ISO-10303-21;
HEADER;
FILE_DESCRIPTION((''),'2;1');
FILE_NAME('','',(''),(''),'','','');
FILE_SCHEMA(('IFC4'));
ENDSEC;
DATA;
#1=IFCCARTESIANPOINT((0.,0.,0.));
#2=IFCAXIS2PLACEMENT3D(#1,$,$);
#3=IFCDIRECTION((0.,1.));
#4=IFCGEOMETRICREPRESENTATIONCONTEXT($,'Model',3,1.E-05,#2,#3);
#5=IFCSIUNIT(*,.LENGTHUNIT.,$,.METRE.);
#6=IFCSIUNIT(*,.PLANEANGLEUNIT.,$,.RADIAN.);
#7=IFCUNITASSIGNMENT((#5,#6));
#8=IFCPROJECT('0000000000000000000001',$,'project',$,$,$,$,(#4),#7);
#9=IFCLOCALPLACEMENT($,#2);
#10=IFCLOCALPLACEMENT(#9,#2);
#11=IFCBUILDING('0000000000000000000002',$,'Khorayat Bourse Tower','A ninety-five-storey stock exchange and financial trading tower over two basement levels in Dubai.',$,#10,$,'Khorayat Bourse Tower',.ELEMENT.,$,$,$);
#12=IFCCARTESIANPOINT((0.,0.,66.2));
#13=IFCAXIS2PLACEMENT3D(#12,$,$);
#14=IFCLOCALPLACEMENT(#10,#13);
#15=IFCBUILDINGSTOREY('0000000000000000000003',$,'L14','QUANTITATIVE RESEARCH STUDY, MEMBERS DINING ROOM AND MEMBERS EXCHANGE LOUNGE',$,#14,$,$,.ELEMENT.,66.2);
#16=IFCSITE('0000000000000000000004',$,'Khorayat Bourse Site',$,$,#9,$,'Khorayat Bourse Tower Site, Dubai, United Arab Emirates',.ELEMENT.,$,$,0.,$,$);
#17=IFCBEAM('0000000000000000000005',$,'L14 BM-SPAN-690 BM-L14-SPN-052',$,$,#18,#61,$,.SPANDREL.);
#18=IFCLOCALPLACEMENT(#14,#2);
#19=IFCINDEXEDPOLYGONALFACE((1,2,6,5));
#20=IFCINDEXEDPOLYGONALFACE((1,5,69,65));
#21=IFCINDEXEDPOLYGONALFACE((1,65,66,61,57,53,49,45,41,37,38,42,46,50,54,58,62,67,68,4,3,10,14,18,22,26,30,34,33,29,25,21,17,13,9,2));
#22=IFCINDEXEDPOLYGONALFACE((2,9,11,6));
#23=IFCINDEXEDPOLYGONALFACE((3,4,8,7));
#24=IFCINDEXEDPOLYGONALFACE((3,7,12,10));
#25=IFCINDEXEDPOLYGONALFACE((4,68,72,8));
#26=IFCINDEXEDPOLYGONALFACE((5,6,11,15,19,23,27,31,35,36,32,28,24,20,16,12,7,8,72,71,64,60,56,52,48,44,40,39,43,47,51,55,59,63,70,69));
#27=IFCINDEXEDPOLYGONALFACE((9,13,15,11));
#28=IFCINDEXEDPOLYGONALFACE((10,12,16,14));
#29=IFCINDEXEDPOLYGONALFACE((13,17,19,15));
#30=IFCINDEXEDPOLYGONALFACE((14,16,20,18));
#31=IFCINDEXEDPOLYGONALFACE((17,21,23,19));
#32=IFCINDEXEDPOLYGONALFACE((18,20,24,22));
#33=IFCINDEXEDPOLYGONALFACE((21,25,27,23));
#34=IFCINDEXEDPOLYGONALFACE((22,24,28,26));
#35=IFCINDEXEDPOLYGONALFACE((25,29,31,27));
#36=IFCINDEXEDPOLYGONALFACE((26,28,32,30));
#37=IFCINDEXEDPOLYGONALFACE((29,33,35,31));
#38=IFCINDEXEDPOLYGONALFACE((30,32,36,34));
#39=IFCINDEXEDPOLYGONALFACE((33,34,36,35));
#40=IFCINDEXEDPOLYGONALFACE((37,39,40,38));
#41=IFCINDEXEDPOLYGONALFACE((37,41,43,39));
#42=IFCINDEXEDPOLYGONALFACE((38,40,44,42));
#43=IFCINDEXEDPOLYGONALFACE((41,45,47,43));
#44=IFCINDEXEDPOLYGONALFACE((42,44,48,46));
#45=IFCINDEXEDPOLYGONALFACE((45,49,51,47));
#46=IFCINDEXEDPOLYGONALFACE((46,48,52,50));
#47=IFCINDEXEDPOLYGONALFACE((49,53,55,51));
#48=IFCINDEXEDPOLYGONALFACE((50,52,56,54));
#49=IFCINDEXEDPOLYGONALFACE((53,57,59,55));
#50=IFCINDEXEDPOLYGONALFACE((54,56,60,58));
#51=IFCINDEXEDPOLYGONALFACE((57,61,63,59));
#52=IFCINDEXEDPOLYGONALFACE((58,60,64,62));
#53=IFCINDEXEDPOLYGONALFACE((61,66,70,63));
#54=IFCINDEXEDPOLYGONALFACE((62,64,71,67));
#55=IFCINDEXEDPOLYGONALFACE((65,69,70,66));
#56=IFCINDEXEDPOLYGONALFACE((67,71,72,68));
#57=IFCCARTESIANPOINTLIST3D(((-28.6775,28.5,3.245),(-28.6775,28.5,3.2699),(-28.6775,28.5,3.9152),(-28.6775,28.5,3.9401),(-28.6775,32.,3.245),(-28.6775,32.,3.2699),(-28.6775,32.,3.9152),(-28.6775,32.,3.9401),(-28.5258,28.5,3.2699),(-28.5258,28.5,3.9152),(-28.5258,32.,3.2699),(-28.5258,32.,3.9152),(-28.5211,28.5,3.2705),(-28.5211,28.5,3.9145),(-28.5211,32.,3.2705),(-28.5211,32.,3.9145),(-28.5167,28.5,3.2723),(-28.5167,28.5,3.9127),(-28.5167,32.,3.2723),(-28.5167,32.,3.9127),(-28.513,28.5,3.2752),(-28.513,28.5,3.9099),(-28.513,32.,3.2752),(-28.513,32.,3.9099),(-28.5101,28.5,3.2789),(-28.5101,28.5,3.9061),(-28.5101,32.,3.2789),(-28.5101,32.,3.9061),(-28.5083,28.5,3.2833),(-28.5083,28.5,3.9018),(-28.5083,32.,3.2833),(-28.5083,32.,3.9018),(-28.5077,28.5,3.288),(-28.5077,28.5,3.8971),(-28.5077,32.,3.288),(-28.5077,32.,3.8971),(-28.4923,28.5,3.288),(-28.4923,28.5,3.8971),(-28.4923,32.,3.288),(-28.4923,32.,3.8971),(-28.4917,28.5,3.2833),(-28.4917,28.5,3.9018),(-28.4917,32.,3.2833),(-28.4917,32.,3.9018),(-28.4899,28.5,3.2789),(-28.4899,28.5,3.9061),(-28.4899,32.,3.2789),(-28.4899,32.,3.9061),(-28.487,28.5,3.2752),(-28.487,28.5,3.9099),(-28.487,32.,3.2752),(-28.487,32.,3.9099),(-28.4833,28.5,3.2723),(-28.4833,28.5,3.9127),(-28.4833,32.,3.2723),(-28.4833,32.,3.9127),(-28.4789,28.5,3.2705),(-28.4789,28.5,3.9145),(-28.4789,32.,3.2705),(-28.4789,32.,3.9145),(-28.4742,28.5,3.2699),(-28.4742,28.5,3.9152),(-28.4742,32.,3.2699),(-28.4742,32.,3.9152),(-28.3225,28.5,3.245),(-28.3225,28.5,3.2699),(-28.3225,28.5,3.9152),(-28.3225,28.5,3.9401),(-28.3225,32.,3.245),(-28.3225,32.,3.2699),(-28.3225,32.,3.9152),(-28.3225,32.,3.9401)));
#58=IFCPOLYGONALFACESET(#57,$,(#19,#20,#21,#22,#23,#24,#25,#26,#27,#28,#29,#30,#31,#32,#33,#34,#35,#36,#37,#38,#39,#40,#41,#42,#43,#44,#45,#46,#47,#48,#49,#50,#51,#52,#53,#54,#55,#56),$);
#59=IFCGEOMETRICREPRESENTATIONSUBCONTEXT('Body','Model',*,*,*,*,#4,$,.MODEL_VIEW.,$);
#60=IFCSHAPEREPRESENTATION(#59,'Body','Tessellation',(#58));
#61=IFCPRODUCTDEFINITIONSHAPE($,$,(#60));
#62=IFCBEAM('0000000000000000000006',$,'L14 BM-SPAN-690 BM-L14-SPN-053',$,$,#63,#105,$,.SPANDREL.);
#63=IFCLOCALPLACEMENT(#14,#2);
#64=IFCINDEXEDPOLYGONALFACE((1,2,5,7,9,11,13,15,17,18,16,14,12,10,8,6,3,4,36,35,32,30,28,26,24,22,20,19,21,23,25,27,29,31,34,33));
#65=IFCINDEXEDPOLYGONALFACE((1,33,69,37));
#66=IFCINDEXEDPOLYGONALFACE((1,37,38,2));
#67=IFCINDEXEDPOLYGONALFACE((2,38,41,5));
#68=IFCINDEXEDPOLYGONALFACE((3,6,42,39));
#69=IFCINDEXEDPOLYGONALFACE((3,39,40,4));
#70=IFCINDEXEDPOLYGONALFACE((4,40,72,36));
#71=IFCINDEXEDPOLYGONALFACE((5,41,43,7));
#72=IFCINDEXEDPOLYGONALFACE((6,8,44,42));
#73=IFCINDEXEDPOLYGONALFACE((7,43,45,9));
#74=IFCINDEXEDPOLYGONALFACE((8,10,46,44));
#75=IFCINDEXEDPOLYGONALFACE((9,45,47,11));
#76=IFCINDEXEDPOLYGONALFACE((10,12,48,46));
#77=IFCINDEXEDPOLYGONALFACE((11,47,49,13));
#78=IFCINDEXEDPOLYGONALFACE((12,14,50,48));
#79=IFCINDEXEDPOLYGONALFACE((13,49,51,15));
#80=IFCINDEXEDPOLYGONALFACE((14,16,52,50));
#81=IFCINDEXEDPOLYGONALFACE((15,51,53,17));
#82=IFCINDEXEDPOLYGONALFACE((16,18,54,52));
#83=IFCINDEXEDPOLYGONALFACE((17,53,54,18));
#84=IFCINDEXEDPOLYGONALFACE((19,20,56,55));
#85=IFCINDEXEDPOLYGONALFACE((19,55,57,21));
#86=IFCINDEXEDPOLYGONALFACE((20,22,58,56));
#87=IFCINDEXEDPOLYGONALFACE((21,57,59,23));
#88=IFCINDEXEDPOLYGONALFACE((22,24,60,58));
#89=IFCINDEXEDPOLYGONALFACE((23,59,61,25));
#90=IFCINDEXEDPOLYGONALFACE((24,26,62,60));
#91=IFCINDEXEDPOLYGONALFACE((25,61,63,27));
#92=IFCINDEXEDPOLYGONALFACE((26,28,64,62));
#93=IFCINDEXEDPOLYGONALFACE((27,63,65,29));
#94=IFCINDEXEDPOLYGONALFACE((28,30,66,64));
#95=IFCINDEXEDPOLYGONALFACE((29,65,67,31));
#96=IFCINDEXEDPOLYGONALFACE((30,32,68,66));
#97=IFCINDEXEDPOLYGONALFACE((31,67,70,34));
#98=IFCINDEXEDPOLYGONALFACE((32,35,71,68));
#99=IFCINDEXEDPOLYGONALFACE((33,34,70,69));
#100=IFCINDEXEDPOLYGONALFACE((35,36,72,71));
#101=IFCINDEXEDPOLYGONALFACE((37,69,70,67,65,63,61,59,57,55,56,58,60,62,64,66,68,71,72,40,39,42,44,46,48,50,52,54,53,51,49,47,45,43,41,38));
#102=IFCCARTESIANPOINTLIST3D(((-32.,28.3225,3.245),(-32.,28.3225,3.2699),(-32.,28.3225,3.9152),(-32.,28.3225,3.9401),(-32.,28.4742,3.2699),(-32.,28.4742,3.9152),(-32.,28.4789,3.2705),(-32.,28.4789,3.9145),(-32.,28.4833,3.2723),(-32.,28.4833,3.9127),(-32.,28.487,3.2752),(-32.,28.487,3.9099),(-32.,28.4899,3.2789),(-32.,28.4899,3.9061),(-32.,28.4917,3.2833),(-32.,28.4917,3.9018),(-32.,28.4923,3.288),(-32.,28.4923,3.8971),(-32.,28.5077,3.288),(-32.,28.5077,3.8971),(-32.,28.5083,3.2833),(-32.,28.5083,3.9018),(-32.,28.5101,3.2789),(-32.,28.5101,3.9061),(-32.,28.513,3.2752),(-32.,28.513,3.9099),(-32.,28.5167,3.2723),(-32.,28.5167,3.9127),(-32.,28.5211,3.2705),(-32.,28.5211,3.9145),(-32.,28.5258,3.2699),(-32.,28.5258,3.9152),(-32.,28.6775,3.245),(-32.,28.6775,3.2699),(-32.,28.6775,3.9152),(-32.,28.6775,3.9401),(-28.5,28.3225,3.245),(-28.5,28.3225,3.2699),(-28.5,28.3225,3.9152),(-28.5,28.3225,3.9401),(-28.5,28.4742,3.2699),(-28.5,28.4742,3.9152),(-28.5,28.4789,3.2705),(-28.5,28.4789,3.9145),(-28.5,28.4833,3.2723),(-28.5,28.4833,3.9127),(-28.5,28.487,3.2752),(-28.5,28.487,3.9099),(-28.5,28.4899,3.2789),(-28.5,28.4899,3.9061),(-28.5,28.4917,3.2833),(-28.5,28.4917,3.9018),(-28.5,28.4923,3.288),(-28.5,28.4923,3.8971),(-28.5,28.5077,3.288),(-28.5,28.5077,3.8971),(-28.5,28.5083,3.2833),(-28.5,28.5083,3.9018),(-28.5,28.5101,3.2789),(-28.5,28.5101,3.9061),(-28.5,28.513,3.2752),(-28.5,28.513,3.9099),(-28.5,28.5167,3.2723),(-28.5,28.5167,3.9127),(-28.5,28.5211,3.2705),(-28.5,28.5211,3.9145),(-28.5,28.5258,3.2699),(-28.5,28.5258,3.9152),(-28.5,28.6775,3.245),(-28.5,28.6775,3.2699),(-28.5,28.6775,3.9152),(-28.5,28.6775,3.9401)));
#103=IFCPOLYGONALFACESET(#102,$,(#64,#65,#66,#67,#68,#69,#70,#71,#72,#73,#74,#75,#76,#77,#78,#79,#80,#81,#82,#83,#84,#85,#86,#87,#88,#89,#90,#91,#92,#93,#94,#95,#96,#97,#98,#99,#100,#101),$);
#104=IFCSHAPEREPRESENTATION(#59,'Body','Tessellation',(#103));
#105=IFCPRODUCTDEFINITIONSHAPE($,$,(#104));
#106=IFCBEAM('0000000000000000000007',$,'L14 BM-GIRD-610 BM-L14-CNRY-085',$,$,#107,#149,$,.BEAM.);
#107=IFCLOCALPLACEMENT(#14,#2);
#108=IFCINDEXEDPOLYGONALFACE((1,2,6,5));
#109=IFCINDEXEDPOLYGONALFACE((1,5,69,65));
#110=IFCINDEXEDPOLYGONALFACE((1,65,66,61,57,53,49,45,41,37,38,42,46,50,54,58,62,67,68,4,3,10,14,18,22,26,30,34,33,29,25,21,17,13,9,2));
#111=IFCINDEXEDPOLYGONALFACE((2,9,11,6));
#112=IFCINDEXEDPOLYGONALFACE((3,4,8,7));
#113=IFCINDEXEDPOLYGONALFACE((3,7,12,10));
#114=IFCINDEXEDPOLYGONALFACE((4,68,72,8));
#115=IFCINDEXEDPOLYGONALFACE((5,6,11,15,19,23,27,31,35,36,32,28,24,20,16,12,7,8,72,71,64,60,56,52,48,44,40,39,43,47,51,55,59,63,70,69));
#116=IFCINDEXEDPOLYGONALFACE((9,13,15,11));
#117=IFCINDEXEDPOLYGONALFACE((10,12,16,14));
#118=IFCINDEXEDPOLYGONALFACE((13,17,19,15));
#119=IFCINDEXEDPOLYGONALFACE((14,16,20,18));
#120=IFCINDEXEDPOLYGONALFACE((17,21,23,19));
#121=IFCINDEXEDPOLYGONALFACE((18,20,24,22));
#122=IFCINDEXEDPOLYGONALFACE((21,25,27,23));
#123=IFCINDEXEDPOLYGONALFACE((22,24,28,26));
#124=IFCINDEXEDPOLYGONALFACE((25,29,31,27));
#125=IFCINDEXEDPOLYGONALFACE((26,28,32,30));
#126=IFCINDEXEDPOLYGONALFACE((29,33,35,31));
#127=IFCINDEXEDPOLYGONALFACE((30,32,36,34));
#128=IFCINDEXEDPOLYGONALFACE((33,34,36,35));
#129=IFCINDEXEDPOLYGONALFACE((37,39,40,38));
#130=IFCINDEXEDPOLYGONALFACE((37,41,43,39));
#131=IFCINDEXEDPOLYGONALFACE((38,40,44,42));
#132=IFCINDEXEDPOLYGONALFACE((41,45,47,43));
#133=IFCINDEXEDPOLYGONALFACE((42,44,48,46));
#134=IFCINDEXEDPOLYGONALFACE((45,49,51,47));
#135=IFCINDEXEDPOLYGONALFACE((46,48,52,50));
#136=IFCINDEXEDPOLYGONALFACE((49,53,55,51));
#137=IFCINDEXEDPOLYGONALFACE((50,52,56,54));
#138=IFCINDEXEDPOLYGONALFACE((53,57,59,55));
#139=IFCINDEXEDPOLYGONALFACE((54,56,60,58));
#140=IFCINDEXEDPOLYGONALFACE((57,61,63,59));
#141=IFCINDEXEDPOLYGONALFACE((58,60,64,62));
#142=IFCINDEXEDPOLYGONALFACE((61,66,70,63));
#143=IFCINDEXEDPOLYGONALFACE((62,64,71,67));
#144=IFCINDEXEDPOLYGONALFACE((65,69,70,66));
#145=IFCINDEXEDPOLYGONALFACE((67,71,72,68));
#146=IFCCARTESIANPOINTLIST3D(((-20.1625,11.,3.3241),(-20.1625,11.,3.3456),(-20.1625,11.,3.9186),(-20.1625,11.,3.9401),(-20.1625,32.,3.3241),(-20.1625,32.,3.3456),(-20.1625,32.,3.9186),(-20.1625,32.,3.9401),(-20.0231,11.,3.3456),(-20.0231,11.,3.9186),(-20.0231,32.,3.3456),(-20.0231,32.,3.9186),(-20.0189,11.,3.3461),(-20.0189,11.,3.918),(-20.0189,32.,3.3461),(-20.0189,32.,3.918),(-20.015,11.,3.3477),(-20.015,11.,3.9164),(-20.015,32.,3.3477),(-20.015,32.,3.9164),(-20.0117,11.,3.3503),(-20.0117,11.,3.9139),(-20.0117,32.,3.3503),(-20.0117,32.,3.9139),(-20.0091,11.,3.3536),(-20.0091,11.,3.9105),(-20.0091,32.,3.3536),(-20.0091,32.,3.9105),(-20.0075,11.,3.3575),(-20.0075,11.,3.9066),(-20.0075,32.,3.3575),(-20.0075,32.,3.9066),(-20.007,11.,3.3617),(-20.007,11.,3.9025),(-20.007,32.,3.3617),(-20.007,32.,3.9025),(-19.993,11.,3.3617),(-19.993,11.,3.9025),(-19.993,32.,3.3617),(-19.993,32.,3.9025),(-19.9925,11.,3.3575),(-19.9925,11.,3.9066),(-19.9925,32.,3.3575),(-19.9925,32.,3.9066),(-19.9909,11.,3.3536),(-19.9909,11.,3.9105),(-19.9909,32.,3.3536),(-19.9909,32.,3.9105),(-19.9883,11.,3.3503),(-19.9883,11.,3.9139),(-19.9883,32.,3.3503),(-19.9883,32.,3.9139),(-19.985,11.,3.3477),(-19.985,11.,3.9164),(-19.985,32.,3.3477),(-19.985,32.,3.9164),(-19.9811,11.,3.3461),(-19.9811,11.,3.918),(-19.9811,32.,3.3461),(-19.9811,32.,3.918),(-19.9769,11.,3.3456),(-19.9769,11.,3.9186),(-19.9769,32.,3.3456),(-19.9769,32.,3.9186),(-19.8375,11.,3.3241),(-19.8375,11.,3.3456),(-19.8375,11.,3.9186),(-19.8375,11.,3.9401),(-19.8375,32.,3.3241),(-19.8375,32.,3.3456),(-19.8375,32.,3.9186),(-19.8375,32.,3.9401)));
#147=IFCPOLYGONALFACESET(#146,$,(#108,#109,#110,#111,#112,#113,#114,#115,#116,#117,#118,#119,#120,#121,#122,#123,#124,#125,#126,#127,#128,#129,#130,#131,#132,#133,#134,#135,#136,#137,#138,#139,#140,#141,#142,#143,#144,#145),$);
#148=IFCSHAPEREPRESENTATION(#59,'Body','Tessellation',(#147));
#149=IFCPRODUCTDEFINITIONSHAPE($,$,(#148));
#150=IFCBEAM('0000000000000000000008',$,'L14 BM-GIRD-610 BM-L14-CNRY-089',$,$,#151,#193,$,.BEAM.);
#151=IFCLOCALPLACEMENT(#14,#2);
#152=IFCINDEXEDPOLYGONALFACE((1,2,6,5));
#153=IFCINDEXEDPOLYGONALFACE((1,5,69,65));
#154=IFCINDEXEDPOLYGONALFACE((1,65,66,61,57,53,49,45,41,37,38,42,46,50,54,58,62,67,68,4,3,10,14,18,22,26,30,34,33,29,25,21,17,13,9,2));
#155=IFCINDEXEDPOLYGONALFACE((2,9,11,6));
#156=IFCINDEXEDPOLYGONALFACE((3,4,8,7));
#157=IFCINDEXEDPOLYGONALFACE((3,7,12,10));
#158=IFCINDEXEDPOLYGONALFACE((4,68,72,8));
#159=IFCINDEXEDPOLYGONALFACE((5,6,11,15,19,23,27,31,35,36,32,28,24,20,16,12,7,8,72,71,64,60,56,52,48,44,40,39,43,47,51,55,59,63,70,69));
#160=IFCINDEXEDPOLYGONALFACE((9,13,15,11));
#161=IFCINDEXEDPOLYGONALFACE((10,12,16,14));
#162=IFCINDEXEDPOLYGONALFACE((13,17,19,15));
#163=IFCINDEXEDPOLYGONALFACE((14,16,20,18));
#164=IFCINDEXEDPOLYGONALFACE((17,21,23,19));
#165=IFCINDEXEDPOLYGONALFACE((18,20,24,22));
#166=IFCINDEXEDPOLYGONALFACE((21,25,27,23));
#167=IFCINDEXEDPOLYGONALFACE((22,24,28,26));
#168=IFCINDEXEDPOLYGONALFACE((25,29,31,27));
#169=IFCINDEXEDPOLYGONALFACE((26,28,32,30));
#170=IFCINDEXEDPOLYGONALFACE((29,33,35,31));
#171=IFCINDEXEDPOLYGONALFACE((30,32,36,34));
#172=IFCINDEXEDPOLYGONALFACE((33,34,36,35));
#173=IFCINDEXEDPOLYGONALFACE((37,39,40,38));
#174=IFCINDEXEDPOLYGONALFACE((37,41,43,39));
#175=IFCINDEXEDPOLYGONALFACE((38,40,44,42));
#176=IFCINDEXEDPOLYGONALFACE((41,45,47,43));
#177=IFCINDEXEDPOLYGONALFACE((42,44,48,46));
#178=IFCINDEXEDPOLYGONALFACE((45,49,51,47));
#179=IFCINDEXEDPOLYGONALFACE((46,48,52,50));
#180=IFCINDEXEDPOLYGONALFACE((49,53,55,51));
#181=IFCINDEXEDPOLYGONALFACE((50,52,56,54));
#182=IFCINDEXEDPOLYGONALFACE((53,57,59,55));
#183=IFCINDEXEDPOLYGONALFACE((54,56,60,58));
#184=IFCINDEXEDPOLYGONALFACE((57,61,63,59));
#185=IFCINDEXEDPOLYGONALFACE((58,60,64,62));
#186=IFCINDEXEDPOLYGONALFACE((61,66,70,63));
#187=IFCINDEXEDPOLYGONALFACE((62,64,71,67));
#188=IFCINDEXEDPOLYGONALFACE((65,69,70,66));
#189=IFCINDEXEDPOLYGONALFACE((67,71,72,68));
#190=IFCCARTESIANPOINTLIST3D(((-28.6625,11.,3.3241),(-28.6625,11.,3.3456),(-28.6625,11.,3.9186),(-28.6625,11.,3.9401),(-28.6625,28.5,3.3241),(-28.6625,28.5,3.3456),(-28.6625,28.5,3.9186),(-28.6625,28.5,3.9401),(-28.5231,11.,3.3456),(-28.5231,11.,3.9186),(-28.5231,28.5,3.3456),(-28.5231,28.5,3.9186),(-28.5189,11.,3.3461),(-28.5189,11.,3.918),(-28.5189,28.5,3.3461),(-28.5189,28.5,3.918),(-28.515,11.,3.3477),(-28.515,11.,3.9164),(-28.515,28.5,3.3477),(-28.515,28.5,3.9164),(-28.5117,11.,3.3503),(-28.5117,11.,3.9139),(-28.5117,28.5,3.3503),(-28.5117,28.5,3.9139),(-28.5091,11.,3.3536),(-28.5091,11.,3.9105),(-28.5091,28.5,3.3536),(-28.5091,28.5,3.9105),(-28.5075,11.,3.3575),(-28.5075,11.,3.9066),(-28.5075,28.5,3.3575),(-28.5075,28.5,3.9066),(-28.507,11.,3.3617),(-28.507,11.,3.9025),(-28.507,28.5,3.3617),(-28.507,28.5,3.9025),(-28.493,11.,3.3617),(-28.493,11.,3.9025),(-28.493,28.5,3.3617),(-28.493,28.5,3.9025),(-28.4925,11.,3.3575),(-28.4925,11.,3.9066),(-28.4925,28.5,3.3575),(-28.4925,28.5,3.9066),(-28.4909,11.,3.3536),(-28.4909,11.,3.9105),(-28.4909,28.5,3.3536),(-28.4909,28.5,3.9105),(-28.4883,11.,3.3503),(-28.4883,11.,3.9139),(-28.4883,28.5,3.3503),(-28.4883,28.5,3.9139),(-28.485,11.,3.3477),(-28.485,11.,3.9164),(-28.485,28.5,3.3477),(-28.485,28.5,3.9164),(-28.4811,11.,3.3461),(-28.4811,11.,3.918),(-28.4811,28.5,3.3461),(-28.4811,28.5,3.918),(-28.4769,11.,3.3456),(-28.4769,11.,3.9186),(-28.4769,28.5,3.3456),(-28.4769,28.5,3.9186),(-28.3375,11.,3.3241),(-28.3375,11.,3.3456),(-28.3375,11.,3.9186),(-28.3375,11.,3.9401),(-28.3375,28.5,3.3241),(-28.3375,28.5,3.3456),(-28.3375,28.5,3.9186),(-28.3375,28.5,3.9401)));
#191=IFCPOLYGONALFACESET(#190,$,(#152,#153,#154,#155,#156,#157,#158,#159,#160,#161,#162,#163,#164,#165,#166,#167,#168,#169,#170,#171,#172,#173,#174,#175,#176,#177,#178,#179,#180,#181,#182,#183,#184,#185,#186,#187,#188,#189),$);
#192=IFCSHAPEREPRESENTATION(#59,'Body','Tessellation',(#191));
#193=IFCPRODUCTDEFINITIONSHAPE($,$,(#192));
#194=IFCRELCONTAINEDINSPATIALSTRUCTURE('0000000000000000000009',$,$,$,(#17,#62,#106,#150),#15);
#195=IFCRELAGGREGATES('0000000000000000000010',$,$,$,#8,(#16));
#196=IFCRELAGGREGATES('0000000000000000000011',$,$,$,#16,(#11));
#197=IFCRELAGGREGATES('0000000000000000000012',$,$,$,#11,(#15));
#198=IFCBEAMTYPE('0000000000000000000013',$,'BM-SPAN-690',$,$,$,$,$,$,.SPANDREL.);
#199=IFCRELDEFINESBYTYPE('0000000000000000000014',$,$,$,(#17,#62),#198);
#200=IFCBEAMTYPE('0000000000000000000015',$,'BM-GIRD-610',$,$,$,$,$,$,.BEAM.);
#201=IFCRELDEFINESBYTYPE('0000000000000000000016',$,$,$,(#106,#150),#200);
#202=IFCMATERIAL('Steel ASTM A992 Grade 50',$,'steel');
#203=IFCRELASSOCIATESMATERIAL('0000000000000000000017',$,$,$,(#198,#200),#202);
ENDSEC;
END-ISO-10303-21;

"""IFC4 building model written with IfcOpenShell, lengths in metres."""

from ifc_helpers import new_model, si_unit, direction, frame, origin, origin_2d, place, context, subcontext, project, spatial, i_section, extrude, source, transform, mapped, material, material_profile, profile_set, type_object, element, save


model = new_model("IFC4")

# Units and contexts
model_context = context("Model", 3, precision=1e-05, world=origin(), true_north=direction((0.0, 1.0)))
body_context = subcontext(model_context, "Body", "Model", "MODEL_VIEW")
ifc_project = project(units=[si_unit("LENGTHUNIT", "METRE"), si_unit("PLANEANGLEUNIT", "RADIAN")], contexts=[model_context])

# Site, building, storey
site_placement = place(None, origin())
site = spatial("IfcSite", under=ifc_project, at=site_placement, Name="Khorayat Bourse Site", LongName="Khorayat Bourse Tower Site, Dubai, United Arab Emirates", CompositionType="ELEMENT", RefElevation=0.0)
building_placement = place(site_placement, origin())
building = spatial("IfcBuilding", under=site, at=building_placement, Name="Khorayat Bourse Tower", Description="A ninety-five-storey stock exchange and financial trading tower over two basement levels in Dubai.", LongName="Khorayat Bourse Tower", CompositionType="ELEMENT")
storey_placement = place(building_placement, frame((0.0, 0.0, 66.2)))
storey = spatial("IfcBuildingStorey", under=building, at=storey_placement, Name="L14", Description="QUANTITATIVE RESEARCH STUDY, MEMBERS DINING ROOM AND MEMBERS EXCHANGE LOUNGE", CompositionType="ELEMENT", Elevation=66.2)

# Beams
ifc_material_1 = material(Name="Steel ASTM A992 Grade 50", Category="steel")
ifc_material_profile_1 = material_profile(ifc_material_1, i_section(OverallWidth=0.355, OverallDepth=0.6951, WebThickness=0.0154, FlangeThickness=0.0249, FilletRadius=0.0181, at=origin_2d()), Name="W690X217")
ifc_profile_set_1 = profile_set([ifc_material_profile_1], Name="Steel ASTM A992 Grade 50")
beam_type_1 = type_object("IfcBeamType", Name="BM-SPAN-690", PredefinedType="SPANDREL", material=ifc_profile_set_1)
shared_shape_1 = source(origin(), body_context, "Body", "SweptSolid", [
    extrude(i_section(OverallWidth=0.355, OverallDepth=0.6951, WebThickness=0.0154, FlangeThickness=0.0249, FilletRadius=0.0181, at=origin_2d()), origin(), (0.0, 0.0, 1.0), 3.5),
])
for number, where, z_axis, x_axis, name in (
    (1, (-28.5, 28.5, 3.5925), (0.0, 1.0, 0.0), (-1.0, 0.0, 0.0), "L14 BM-SPAN-690 BM-L14-SPN-052"),
    (2, (-32.0, 28.5, 3.5925), (1.0, 0.0, 0.0), (0.0, 1.0, 0.0), "L14 BM-SPAN-690 BM-L14-SPN-053"),
):
    element("IfcBeam", number, at=place(storey_placement, frame(where, z_axis=z_axis, x_axis=x_axis)), inside=storey, type_object=beam_type_1, Name=name, PredefinedType="SPANDREL", context=body_context, shape_type="MappedRepresentation", body=[
        mapped(shared_shape_1, transform((0.0, 0.0, 0.0), scale=1.0)),
    ])
ifc_material_profile_2 = material_profile(ifc_material_1, i_section(OverallWidth=0.325, OverallDepth=0.616, WebThickness=0.0139, FlangeThickness=0.0215, FilletRadius=0.0161, at=origin_2d()), Name="W610X174")
ifc_profile_set_2 = profile_set([ifc_material_profile_2], Name="Steel ASTM A992 Grade 50")
beam_type_2 = type_object("IfcBeamType", Name="BM-GIRD-610", PredefinedType="BEAM", material=ifc_profile_set_2)
shared_shape_2 = source(origin(), body_context, "Body", "SweptSolid", [
    extrude(i_section(OverallWidth=0.325, OverallDepth=0.616, WebThickness=0.0139, FlangeThickness=0.0215, FilletRadius=0.0161, at=origin_2d()), origin(), (0.0, 0.0, 1.0), 21.0),
])
beam_1_placement = place(storey_placement, frame((-20.0, 11.0, 3.6321), z_axis=(0.0, 1.0, 0.0), x_axis=(-1.0, 0.0, 0.0)))
element("IfcBeam", 3, at=beam_1_placement, inside=storey, type_object=beam_type_2, Name="L14 BM-GIRD-610 BM-L14-CNRY-085", PredefinedType="BEAM", context=body_context, shape_type="MappedRepresentation", body=[
    mapped(shared_shape_2, transform((0.0, 0.0, 0.0), scale=1.0)),
])
shared_shape_3 = source(origin(), body_context, "Body", "SweptSolid", [
    extrude(i_section(OverallWidth=0.325, OverallDepth=0.616, WebThickness=0.0139, FlangeThickness=0.0215, FilletRadius=0.0161, at=origin_2d()), origin(), (0.0, 0.0, 1.0), 17.5),
])
beam_2_placement = place(storey_placement, frame((-28.5, 11.0, 3.6321), z_axis=(0.0, 1.0, 0.0), x_axis=(-1.0, 0.0, 0.0)))
element("IfcBeam", 4, at=beam_2_placement, inside=storey, type_object=beam_type_2, Name="L14 BM-GIRD-610 BM-L14-CNRY-089", PredefinedType="BEAM", context=body_context, shape_type="MappedRepresentation", body=[
    mapped(shared_shape_3, transform((0.0, 0.0, 0.0), scale=1.0)),
])

save(model, "model.ifc")
